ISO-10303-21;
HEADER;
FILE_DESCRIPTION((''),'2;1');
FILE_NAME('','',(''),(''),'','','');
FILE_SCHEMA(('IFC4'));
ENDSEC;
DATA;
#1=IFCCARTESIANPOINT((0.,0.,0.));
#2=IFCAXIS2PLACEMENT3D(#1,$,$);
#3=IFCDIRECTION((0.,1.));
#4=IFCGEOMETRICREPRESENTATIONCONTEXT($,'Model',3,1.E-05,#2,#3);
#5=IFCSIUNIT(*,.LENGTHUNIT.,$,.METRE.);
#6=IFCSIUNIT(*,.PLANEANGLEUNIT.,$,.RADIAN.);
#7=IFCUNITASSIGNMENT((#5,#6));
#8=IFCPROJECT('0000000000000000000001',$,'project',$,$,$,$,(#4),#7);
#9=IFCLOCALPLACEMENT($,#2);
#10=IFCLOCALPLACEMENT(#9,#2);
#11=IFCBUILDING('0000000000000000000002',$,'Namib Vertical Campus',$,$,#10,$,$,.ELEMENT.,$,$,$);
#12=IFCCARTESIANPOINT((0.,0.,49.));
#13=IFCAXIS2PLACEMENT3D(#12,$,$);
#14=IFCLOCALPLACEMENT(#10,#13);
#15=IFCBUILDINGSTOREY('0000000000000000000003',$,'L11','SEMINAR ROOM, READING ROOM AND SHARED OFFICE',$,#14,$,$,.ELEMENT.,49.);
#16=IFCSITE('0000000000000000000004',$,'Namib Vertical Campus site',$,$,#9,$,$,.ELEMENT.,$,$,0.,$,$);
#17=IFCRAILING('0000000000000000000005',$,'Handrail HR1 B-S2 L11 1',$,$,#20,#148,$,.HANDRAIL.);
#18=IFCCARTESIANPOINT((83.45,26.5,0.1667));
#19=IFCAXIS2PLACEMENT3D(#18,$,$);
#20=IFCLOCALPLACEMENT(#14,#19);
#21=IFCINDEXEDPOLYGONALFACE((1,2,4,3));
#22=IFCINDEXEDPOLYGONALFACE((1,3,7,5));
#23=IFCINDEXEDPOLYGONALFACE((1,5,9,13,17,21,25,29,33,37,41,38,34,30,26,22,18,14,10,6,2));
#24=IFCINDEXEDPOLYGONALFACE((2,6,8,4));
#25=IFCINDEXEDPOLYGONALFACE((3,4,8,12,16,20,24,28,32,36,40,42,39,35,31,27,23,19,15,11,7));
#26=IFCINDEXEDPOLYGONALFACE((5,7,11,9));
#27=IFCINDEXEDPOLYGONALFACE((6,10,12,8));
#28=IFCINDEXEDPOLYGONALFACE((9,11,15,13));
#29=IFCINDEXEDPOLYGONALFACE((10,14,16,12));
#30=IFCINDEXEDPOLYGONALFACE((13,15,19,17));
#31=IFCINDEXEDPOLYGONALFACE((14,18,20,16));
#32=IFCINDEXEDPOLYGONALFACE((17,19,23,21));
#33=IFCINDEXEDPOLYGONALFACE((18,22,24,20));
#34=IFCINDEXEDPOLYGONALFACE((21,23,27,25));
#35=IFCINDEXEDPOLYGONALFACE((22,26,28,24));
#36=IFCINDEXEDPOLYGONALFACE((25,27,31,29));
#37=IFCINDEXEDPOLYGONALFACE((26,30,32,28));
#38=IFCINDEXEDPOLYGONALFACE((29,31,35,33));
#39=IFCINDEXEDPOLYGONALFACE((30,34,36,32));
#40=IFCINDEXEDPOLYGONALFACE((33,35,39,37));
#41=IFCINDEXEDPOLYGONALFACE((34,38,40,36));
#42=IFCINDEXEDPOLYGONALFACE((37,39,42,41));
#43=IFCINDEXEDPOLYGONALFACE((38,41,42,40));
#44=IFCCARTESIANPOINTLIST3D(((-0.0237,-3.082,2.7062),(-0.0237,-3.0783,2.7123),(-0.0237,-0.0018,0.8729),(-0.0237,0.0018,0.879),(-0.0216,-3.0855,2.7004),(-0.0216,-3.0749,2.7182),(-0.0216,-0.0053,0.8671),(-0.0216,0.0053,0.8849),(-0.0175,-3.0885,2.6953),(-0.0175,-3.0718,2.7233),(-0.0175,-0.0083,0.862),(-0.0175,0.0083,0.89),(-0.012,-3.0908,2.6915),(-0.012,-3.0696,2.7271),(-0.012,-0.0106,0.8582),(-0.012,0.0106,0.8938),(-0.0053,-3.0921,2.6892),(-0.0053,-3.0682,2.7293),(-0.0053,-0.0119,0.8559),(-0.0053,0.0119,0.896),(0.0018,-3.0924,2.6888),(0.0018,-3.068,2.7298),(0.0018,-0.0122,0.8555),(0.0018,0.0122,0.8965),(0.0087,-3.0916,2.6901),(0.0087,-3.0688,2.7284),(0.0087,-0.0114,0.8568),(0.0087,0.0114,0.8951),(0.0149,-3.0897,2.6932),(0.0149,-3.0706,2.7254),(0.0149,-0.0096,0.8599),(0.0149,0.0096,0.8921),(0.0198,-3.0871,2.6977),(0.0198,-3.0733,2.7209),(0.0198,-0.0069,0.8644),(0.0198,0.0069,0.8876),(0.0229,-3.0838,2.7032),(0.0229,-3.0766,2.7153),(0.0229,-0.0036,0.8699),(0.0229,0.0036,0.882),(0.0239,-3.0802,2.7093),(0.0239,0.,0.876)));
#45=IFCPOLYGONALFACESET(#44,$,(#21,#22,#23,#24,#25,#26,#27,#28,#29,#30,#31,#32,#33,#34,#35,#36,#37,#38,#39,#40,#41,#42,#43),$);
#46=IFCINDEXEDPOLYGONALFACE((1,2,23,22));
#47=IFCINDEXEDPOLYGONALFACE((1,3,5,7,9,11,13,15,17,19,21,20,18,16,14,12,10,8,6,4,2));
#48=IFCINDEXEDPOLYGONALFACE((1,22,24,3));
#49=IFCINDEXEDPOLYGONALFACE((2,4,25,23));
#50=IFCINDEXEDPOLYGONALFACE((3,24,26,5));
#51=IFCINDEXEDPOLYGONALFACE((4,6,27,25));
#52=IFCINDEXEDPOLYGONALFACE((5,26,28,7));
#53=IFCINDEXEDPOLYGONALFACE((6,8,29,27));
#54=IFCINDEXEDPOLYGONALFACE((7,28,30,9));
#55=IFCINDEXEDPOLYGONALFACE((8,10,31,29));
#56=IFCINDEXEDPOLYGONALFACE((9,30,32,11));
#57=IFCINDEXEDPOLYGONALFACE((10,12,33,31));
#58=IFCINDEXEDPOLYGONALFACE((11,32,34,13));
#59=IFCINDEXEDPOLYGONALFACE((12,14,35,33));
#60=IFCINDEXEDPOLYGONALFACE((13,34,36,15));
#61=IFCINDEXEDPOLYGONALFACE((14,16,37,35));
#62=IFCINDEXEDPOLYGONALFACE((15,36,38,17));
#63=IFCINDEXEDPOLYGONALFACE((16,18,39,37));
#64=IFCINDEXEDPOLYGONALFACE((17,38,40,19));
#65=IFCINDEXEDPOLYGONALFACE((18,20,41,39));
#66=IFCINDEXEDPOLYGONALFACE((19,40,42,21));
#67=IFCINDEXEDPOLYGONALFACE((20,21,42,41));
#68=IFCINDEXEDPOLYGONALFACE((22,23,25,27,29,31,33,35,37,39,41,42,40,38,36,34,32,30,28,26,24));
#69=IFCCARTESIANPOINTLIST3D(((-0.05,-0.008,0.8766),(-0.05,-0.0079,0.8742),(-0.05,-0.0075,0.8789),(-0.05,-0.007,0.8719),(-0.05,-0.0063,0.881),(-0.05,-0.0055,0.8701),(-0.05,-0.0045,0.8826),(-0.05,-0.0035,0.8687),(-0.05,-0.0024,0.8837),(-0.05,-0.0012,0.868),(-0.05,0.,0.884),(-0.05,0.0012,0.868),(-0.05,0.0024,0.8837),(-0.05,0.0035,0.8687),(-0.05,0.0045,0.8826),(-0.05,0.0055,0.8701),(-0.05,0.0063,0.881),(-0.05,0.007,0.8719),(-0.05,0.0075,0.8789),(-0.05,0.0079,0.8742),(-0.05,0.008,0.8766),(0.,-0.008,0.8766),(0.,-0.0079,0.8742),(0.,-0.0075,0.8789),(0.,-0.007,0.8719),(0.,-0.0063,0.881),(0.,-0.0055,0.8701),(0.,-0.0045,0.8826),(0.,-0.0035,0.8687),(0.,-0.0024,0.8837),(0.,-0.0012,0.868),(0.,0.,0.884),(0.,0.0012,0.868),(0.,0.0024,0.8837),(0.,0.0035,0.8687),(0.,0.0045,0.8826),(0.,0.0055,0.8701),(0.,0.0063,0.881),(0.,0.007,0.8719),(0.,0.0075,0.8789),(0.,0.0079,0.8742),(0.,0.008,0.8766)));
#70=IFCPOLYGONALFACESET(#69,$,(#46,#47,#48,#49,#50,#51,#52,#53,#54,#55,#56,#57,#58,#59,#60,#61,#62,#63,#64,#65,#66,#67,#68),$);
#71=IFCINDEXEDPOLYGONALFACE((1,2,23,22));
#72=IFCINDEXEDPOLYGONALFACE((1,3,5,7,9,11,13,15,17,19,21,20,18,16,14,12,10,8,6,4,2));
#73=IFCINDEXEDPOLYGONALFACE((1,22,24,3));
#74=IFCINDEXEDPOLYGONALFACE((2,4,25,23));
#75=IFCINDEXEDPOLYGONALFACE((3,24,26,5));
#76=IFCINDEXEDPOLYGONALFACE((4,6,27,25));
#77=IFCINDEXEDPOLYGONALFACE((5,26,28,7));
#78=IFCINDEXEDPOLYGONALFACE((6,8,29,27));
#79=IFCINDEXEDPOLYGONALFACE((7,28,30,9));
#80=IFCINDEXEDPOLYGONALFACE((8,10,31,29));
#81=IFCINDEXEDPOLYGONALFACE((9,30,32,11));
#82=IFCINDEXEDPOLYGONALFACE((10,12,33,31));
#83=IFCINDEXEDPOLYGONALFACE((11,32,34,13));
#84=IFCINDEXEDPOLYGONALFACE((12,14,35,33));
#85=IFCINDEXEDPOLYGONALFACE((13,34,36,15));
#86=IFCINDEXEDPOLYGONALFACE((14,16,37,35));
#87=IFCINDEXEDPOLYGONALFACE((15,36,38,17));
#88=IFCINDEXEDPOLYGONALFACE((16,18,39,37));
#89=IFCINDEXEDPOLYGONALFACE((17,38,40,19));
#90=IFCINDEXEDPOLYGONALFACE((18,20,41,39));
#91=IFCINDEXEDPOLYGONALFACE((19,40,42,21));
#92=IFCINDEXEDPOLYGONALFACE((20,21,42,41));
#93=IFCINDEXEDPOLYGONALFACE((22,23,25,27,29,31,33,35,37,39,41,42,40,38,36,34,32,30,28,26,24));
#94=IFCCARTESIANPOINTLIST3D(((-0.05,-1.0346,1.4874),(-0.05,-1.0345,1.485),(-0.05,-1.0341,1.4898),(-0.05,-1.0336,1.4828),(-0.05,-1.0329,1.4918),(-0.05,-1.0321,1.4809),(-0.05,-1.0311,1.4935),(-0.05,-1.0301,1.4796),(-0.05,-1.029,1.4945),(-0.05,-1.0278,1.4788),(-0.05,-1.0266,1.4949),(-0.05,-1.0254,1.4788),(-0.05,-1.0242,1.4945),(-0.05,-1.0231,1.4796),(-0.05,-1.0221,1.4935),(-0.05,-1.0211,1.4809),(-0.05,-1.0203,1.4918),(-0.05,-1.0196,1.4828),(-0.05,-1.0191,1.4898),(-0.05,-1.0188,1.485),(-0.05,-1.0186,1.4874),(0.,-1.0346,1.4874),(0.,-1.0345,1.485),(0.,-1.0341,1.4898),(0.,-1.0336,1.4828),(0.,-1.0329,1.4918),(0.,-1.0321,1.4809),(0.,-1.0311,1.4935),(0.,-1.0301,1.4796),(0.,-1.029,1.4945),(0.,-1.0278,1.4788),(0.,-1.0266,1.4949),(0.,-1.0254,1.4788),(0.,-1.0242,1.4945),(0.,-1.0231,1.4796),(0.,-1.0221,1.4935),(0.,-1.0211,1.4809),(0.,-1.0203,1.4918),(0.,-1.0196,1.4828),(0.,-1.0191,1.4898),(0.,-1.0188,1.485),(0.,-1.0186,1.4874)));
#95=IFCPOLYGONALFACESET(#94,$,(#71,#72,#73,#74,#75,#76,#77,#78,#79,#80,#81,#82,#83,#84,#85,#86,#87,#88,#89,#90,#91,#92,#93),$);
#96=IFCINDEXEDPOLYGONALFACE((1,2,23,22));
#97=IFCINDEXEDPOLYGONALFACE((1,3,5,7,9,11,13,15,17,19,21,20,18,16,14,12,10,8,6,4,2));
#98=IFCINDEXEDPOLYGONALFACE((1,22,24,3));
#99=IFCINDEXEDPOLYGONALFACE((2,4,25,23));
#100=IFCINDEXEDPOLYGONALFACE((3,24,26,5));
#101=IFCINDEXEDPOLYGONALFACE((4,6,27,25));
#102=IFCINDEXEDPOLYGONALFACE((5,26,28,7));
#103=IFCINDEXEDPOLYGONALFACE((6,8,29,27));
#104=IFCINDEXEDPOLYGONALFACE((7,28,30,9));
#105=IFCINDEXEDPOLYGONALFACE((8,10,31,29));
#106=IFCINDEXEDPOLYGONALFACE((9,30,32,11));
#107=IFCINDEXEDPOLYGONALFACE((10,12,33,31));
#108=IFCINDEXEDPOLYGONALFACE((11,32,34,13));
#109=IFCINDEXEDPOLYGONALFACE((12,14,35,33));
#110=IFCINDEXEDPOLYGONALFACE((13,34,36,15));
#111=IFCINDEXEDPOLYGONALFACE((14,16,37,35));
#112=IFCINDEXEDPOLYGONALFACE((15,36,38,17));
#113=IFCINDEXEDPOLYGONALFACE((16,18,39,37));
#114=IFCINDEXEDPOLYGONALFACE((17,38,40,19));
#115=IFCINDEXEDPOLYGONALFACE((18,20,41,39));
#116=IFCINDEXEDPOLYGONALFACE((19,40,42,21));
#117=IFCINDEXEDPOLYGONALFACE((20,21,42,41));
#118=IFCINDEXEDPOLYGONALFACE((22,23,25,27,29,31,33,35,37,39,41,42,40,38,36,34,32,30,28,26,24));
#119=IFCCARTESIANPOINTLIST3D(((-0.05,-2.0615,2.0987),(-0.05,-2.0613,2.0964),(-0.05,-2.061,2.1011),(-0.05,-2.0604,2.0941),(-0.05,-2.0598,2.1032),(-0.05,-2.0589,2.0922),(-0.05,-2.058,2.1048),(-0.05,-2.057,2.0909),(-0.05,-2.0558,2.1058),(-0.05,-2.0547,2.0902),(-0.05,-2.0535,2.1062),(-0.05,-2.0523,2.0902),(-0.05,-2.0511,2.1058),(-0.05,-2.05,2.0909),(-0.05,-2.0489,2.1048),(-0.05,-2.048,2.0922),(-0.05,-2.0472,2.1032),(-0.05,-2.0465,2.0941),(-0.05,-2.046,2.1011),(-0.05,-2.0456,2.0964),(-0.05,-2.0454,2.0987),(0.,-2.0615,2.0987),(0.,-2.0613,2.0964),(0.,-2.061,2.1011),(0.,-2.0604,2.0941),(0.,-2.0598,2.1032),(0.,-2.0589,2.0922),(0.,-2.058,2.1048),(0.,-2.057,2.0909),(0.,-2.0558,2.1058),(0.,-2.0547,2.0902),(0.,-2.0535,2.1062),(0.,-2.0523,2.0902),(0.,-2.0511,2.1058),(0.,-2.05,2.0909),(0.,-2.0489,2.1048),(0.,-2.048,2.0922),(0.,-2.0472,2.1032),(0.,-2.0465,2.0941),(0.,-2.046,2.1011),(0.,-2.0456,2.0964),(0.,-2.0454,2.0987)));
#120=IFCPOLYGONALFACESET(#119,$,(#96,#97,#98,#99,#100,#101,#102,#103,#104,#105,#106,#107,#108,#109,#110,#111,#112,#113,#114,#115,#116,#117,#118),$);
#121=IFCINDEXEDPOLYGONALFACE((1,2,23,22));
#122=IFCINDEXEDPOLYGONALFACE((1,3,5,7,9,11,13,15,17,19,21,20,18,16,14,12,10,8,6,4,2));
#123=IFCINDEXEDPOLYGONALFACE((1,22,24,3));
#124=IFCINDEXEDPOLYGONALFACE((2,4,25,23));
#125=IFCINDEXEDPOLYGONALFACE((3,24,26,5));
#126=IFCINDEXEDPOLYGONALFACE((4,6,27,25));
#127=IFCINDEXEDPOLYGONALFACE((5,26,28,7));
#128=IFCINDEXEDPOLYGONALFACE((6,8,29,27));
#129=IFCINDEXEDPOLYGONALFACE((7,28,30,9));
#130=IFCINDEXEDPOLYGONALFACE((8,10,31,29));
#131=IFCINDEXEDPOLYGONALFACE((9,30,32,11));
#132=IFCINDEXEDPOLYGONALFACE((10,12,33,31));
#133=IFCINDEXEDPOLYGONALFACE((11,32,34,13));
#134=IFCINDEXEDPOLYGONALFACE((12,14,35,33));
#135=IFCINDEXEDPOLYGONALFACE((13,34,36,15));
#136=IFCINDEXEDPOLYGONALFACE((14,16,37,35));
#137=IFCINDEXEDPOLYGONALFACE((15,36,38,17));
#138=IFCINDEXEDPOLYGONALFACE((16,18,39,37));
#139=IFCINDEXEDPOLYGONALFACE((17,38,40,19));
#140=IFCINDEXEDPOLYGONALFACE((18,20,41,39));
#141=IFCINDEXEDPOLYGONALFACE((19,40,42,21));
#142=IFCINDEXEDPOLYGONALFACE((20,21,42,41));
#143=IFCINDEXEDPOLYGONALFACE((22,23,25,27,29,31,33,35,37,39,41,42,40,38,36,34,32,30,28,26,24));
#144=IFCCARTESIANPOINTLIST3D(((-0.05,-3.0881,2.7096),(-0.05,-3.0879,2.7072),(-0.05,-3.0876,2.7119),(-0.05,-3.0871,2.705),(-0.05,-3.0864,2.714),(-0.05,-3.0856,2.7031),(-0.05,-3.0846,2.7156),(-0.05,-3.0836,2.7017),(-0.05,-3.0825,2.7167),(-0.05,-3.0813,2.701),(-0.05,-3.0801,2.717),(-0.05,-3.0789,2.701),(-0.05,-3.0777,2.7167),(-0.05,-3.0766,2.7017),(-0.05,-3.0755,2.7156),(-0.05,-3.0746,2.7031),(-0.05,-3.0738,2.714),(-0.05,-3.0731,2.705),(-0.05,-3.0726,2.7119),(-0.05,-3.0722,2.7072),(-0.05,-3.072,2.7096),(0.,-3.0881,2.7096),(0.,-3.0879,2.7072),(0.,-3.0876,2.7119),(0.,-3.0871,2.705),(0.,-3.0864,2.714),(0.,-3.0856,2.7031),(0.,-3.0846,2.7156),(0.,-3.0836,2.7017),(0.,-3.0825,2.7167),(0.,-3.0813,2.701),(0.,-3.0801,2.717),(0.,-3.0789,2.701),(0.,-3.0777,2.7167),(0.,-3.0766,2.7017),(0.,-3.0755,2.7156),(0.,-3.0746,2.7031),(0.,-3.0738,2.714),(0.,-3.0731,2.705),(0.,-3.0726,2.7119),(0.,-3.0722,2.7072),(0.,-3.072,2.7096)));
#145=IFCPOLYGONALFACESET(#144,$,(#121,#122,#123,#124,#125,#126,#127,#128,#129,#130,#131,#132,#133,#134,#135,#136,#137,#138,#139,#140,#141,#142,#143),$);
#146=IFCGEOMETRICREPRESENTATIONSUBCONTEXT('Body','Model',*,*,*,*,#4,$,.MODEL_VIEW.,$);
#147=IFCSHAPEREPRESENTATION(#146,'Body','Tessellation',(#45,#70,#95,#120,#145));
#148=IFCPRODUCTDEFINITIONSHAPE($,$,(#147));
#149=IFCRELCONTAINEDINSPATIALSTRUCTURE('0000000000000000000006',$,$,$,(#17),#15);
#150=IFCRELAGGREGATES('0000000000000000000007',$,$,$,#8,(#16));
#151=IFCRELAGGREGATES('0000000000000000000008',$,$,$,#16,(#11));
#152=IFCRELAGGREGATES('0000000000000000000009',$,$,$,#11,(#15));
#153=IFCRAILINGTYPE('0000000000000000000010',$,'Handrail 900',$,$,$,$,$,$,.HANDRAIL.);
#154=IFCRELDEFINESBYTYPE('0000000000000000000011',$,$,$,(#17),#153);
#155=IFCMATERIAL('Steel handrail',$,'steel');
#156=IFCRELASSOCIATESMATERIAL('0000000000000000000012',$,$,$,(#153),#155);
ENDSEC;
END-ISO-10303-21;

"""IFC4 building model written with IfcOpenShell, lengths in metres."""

from ifc_helpers import new_model, si_unit, direction, frame, origin, origin_2d, place, context, subcontext, project, spatial, circle, extrude, material, type_object, element, save


model = new_model("IFC4")

# Units and contexts
model_context = context("Model", 3, precision=1e-05, world=origin(), true_north=direction((0.0, 1.0)))
body_context = subcontext(model_context, "Body", "Model", "MODEL_VIEW")
ifc_project = project(units=[si_unit("LENGTHUNIT", "METRE"), si_unit("PLANEANGLEUNIT", "RADIAN")], contexts=[model_context])

# Site, building, storey
site_placement = place(None, origin())
site = spatial("IfcSite", under=ifc_project, at=site_placement, Name="Namib Vertical Campus site", CompositionType="ELEMENT", RefElevation=0.0)
building_placement = place(site_placement, origin())
building = spatial("IfcBuilding", under=site, at=building_placement, Name="Namib Vertical Campus", CompositionType="ELEMENT")
storey_placement = place(building_placement, frame((0.0, 0.0, 49.0)))
storey = spatial("IfcBuildingStorey", under=building, at=storey_placement, Name="L11", Description="SEMINAR ROOM, READING ROOM AND SHARED OFFICE", CompositionType="ELEMENT", Elevation=49.0)

# Railing
ifc_material_1 = material(Name="Steel handrail", Category="steel")
railing_type_1 = type_object("IfcRailingType", Name="Handrail 900", PredefinedType="HANDRAIL", material=ifc_material_1)
railing_1_placement = place(storey_placement, frame((83.45, 26.5, 0.1667)))
element("IfcRailing", 1, at=railing_1_placement, inside=storey, type_object=railing_type_1, Name="Handrail HR1 B-S2 L11 1", PredefinedType="HANDRAIL", context=body_context, shape_type="SweptSolid", body=[
    extrude(circle(Radius=0.0239, at=origin_2d()), frame((0.0, 0.0, 0.876), z_axis=(0.0, -0.859309, 0.511458), x_axis=(1.0, 0.0, 0.0)), (0.0, 0.0, 1.0), 3.5845),
    extrude(circle(Radius=0.0081, at=origin_2d()), frame((0.0, 0.0, 0.876), z_axis=(-1.0, 0.0, 0.0), x_axis=(0.0, 0.0, 1.0)), (0.0, 0.0, 1.0), 0.05),
    extrude(circle(Radius=0.0081, at=origin_2d()), frame((0.0, -1.0266, 1.4868), z_axis=(-1.0, 0.0, 0.0), x_axis=(0.0, 0.0, 1.0)), (0.0, 0.0, 1.0), 0.05),
    extrude(circle(Radius=0.0081, at=origin_2d()), frame((0.0, -2.0535, 2.0981), z_axis=(-1.0, 0.0, 0.0), x_axis=(0.0, 0.0, 1.0)), (0.0, 0.0, 1.0), 0.05),
    extrude(circle(Radius=0.0081, at=origin_2d()), frame((0.0, -3.0801, 2.709), z_axis=(-1.0, 0.0, 0.0), x_axis=(0.0, 0.0, 1.0)), (0.0, 0.0, 1.0), 0.05),
])

save(model, "model.ifc")
